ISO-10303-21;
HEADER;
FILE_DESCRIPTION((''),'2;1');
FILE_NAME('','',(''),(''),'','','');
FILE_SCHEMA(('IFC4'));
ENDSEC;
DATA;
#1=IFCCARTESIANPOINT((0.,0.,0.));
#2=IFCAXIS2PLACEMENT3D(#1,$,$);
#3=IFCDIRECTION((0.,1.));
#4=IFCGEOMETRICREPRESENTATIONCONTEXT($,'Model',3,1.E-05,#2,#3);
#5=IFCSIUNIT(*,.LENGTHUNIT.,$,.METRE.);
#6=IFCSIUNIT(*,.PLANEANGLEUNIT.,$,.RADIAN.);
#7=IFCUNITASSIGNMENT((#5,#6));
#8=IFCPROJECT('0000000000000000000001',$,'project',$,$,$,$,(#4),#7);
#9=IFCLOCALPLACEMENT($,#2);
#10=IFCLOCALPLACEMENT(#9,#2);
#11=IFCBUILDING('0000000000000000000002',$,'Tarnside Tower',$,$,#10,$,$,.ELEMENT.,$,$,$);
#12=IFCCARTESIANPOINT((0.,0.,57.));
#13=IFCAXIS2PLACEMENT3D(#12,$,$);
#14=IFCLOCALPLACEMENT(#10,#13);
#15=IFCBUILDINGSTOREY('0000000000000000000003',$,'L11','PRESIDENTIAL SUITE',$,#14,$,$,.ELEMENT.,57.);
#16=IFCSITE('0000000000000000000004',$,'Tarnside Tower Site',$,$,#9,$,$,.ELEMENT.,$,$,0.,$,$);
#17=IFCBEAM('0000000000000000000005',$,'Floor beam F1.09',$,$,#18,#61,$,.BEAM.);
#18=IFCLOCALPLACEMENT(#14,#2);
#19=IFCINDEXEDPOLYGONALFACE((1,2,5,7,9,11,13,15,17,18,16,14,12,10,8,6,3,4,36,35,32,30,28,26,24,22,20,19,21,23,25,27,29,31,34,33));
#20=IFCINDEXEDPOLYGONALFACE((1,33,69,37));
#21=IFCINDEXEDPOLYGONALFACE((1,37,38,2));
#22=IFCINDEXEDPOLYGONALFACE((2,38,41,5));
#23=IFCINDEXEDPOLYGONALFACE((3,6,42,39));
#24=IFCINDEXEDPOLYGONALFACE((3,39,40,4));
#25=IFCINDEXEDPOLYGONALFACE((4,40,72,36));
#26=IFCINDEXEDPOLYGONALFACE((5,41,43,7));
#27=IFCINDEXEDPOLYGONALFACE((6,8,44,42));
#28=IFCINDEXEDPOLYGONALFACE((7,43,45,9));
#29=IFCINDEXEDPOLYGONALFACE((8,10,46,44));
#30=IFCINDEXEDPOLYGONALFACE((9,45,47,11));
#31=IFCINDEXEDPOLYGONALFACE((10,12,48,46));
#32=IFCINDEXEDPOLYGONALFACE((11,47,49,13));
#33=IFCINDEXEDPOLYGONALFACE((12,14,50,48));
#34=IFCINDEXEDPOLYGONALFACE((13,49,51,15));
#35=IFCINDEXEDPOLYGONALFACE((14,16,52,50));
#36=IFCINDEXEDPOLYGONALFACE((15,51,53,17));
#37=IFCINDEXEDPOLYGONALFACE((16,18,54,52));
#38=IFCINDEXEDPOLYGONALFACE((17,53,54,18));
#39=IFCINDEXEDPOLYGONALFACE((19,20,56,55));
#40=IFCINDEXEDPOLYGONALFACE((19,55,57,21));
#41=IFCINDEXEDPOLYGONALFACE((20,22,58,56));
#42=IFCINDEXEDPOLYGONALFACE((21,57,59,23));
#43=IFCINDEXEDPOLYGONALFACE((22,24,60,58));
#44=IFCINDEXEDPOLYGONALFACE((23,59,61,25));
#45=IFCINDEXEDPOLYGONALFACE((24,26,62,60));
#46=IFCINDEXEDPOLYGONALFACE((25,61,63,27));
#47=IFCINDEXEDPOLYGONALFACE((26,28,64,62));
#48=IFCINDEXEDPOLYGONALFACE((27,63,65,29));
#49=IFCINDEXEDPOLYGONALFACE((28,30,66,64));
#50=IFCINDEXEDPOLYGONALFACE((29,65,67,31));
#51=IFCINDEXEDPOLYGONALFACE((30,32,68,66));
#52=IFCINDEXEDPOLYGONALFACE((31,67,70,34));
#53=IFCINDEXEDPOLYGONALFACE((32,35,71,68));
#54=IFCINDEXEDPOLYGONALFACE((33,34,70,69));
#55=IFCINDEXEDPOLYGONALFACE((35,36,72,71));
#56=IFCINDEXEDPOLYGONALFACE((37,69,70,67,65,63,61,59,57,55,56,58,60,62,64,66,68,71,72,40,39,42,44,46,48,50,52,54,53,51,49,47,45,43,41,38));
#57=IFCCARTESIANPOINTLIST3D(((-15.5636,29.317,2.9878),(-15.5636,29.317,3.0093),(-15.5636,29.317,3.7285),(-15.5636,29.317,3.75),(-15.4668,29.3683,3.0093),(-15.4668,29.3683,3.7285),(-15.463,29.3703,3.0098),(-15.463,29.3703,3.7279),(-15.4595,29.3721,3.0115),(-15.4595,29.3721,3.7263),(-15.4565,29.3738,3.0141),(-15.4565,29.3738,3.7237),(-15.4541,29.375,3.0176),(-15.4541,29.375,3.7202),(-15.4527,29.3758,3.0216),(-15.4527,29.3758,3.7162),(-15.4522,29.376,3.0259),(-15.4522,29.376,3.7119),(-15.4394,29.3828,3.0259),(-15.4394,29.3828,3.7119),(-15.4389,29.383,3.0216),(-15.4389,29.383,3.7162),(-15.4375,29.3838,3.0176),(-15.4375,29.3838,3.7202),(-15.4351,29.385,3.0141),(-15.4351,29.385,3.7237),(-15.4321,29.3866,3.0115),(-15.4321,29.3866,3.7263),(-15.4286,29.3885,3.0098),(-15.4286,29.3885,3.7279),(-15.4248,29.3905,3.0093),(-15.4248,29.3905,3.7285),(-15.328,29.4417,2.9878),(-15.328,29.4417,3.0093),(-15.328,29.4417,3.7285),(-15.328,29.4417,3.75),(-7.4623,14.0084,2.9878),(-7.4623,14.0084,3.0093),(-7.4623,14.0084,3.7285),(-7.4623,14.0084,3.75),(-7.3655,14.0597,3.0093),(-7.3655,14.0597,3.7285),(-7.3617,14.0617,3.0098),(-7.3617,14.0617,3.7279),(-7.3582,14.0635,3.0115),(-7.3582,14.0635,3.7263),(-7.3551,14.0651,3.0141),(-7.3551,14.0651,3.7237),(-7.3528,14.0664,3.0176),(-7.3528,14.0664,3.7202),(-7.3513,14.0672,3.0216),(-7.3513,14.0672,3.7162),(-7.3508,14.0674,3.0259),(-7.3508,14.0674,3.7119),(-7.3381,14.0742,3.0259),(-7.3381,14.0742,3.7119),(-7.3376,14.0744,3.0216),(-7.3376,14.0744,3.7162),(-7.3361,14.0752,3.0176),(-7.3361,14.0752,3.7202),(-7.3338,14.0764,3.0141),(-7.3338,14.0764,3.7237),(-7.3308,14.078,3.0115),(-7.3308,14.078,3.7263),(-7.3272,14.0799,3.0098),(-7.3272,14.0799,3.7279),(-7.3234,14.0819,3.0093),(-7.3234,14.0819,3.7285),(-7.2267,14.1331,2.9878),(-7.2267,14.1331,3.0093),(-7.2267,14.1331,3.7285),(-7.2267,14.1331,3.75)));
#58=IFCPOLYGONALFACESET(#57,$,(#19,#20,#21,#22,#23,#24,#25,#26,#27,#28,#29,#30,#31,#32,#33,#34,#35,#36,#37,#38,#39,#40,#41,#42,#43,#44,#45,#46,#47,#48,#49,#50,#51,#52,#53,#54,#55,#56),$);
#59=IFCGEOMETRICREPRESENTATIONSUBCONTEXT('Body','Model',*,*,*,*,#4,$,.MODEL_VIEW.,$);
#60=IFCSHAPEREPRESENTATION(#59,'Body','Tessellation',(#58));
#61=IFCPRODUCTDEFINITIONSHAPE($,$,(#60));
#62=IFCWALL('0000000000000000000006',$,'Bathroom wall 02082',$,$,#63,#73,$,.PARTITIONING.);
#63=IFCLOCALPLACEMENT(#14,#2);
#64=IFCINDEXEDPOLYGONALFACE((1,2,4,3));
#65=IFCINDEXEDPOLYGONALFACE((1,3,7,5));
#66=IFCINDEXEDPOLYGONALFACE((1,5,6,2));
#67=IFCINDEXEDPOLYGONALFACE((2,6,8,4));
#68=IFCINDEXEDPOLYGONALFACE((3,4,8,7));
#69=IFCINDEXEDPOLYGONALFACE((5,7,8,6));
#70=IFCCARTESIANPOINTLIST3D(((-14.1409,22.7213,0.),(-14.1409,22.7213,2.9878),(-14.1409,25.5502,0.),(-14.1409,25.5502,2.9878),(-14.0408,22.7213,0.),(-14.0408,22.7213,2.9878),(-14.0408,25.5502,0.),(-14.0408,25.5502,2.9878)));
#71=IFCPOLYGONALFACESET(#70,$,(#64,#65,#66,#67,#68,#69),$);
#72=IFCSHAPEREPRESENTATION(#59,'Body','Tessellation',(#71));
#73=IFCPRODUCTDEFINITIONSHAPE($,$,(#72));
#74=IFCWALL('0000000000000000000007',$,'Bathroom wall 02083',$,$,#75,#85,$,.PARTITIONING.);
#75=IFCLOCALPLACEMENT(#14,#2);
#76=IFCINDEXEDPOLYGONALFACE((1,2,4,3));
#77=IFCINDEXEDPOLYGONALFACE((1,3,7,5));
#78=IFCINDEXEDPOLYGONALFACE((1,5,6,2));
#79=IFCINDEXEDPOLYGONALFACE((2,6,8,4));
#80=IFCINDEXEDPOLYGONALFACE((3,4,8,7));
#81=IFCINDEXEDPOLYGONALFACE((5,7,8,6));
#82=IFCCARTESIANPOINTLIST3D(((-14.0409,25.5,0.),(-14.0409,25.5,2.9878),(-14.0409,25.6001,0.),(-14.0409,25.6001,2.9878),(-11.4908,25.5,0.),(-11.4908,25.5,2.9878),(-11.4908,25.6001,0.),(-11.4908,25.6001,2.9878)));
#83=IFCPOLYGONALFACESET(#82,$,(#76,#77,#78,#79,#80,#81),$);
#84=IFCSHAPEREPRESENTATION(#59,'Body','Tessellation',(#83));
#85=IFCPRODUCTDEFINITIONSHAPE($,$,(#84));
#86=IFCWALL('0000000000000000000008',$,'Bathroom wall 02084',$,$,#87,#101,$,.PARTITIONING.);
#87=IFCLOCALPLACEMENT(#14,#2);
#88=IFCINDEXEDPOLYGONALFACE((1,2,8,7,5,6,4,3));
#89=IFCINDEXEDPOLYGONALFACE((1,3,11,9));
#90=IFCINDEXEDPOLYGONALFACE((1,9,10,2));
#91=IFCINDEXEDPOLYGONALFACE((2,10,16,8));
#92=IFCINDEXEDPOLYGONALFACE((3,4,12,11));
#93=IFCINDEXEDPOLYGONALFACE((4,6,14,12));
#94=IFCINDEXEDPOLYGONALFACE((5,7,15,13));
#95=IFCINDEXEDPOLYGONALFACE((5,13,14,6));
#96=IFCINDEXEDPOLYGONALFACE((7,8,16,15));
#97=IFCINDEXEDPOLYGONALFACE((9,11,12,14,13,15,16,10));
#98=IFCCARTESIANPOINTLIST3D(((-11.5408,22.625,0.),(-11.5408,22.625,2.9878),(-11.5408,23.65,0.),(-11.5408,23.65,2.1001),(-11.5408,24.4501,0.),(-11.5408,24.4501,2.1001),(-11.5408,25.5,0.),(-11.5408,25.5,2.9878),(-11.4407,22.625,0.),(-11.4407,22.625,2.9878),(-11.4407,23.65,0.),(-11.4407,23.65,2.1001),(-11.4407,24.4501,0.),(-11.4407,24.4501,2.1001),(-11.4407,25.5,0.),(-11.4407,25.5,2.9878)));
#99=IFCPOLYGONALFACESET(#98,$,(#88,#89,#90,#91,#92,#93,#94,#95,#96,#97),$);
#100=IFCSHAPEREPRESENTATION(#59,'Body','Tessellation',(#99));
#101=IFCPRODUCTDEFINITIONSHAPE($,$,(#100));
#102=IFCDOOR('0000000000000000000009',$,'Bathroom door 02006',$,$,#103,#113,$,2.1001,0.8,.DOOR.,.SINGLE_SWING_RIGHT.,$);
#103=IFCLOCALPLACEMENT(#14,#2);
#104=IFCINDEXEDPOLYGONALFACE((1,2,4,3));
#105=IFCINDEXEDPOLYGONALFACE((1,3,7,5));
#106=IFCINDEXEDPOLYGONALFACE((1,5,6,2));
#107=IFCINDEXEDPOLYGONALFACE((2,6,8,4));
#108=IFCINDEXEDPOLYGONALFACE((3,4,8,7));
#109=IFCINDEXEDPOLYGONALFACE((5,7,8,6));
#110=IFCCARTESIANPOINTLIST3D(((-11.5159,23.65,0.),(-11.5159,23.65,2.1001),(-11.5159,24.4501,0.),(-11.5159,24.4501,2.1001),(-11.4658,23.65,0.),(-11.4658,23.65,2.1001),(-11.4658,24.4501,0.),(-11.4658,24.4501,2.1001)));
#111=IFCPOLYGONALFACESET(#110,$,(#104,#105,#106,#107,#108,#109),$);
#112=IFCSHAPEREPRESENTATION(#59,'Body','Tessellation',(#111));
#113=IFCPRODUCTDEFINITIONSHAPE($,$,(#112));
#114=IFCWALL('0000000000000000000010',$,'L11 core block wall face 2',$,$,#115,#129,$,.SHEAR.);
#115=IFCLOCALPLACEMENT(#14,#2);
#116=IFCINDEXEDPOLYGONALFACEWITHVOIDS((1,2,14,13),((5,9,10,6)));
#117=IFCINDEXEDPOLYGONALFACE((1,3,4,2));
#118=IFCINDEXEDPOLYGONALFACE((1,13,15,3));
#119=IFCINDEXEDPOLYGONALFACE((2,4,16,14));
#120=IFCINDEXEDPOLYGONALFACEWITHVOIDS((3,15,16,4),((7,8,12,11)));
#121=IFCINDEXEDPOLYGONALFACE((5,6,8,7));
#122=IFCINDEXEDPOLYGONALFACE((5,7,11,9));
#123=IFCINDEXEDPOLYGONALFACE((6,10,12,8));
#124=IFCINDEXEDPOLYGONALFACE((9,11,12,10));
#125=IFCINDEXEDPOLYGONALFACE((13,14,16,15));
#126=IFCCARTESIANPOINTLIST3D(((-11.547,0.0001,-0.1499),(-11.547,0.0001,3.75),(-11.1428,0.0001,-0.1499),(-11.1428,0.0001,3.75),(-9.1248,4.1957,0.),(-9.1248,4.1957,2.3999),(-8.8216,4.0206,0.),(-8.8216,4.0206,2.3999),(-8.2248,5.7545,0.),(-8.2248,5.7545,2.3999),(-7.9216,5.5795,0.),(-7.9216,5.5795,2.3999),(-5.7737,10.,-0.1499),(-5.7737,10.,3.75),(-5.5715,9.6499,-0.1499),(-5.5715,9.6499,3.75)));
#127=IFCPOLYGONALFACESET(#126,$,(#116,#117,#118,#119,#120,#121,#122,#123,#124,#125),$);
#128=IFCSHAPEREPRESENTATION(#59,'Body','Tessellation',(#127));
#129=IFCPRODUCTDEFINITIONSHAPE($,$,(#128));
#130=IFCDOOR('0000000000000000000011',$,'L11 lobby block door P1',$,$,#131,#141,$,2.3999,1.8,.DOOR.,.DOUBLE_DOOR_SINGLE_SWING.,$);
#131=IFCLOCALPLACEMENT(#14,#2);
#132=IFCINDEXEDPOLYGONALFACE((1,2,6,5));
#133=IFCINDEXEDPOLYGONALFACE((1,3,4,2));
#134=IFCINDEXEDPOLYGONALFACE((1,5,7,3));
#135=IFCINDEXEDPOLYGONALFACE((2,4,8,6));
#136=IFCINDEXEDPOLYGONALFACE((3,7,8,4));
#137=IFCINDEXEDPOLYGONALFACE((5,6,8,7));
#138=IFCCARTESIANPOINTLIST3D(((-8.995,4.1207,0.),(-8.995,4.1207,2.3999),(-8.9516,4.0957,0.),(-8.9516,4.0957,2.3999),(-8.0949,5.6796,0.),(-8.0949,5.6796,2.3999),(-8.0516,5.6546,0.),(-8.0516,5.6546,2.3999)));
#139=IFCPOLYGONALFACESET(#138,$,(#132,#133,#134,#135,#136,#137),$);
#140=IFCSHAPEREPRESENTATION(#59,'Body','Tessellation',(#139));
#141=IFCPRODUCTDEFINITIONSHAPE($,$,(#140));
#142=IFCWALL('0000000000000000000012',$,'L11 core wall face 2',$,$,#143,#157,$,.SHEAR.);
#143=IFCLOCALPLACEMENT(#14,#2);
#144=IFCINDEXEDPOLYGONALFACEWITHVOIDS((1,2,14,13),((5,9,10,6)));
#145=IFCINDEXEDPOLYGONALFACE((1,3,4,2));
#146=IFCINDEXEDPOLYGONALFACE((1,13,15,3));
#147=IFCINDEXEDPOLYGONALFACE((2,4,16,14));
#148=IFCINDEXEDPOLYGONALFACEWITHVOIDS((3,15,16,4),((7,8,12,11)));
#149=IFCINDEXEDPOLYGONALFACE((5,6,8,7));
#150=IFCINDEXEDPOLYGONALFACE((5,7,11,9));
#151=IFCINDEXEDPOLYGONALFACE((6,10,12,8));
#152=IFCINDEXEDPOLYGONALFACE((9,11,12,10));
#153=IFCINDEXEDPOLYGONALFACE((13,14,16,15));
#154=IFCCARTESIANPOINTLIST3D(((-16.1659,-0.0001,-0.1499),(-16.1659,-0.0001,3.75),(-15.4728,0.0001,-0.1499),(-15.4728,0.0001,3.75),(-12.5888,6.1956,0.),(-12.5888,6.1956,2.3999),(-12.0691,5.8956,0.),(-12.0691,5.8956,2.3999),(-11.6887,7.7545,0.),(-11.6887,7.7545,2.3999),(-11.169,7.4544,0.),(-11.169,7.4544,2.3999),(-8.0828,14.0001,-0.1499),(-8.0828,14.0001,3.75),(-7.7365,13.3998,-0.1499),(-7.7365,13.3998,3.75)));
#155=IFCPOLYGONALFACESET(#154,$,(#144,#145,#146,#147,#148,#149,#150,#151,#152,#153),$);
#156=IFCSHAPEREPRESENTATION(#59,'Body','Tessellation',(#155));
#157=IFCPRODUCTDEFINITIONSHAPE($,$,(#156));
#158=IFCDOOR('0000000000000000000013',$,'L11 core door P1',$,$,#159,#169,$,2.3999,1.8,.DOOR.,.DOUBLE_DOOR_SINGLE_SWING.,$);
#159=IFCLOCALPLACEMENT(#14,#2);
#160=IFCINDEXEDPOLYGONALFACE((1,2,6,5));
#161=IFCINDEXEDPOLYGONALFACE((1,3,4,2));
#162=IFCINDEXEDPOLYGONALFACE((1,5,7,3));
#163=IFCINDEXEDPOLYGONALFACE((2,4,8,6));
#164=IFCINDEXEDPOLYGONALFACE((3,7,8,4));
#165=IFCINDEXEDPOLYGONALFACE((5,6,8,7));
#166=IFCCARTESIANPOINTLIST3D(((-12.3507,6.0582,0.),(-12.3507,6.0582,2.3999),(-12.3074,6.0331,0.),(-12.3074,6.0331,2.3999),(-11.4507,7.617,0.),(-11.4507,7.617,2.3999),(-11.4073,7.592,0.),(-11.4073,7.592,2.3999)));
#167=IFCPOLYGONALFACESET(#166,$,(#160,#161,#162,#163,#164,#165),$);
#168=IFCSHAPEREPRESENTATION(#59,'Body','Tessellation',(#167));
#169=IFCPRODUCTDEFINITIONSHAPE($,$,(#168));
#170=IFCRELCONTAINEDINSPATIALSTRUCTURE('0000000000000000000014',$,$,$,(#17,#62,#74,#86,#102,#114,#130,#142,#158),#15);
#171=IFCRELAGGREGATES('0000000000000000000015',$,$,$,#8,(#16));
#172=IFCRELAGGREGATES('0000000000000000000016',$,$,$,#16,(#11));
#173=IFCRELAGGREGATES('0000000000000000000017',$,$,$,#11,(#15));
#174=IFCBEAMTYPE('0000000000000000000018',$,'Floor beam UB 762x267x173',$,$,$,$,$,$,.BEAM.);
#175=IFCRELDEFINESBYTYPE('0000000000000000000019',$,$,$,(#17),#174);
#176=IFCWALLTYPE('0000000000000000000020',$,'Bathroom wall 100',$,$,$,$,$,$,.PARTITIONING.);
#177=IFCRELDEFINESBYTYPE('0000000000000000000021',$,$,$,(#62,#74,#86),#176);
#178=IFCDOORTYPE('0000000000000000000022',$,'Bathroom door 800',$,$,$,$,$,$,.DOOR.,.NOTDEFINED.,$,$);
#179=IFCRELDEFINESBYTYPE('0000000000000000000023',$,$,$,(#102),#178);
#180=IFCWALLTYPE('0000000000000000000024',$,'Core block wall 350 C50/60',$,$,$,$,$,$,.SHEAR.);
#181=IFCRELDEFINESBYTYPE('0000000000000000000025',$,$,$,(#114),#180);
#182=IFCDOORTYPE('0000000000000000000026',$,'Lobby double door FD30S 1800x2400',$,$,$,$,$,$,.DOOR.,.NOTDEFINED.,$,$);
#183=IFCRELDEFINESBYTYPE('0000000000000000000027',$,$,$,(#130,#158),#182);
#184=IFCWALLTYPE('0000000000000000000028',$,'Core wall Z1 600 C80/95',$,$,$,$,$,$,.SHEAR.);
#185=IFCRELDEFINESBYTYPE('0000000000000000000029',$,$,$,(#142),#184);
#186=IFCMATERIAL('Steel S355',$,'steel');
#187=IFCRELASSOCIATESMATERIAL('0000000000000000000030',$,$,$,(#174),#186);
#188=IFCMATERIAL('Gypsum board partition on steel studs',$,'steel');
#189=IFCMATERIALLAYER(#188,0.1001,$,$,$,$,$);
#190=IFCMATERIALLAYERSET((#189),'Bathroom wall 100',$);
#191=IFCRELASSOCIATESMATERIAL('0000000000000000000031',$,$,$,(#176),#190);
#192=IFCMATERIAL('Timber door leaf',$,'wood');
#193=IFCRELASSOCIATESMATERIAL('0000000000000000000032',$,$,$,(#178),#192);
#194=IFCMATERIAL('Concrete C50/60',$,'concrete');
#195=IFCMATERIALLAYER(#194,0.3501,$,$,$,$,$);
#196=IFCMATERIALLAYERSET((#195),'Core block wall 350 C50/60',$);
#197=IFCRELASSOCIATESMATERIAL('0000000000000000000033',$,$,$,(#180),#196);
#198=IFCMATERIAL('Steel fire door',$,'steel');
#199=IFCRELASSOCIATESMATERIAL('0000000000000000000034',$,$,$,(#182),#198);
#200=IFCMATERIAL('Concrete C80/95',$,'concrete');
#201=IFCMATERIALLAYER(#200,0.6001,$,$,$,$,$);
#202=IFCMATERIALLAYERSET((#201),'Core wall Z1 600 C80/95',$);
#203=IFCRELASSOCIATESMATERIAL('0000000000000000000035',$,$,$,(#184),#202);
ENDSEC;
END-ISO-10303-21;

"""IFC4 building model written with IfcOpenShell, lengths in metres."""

from ifc_helpers import new_model, si_unit, direction, frame, frame_2d, origin, origin_2d, place, context, subcontext, project, spatial, polyline, rectangle, i_section, outline, extrude, material, layer, layer_set, material_profile, profile_set, type_object, element, fill, save


model = new_model("IFC4")

# Units and contexts
model_context = context("Model", 3, precision=1e-05, world=origin(), true_north=direction((0.0, 1.0)))
body_context = subcontext(model_context, "Body", "Model", "MODEL_VIEW")
ifc_project = project(units=[si_unit("LENGTHUNIT", "METRE"), si_unit("PLANEANGLEUNIT", "RADIAN")], contexts=[model_context])

# Site, building, storey
site_placement = place(None, origin())
site = spatial("IfcSite", under=ifc_project, at=site_placement, Name="Tarnside Tower Site", CompositionType="ELEMENT", RefElevation=0.0)
building_placement = place(site_placement, origin())
building = spatial("IfcBuilding", under=site, at=building_placement, Name="Tarnside Tower", CompositionType="ELEMENT")
storey_placement = place(building_placement, frame((0.0, 0.0, 57.0)))
storey = spatial("IfcBuildingStorey", under=building, at=storey_placement, Name="L11", Description="PRESIDENTIAL SUITE", CompositionType="ELEMENT", Elevation=57.0)

# Beam
ifc_material_1 = material(Name="Steel S355", Category="steel")
ifc_material_profile_1 = material_profile(ifc_material_1, i_section(OverallWidth=0.2666, OverallDepth=0.7622, WebThickness=0.0144, FlangeThickness=0.0215, FilletRadius=0.0166, at=origin_2d()), Name="UB 762x267x173")
ifc_profile_set_1 = profile_set([ifc_material_profile_1], Name="Steel S355")
beam_type_1 = type_object("IfcBeamType", Name="Floor beam UB 762x267x173", PredefinedType="BEAM", material=ifc_profile_set_1)
beam_1_placement = place(storey_placement, frame((-15.4458, 29.3794, 3.3689), z_axis=(0.467742, -0.883865, 0.0), x_axis=(0.883865, 0.467742, 0.0)))
element("IfcBeam", 1, at=beam_1_placement, inside=storey, type_object=beam_type_1, Name="Floor beam F1.09", PredefinedType="BEAM", context=body_context, shape_type="SweptSolid", body=[
    extrude(i_section(OverallWidth=0.2666, OverallDepth=0.7622, WebThickness=0.0144, FlangeThickness=0.0215, FilletRadius=0.0166, at=origin_2d()), origin(), (0.0, 0.0, 1.0), 17.3201),
])

# Walls
ifc_material_2 = material(Name="Gypsum board partition on steel studs", Category="steel")
ifc_layer_1 = layer(ifc_material_2, 0.1001)
ifc_layer_set_1 = layer_set([ifc_layer_1], Name="Bathroom wall 100")
wall_type_1 = type_object("IfcWallType", Name="Bathroom wall 100", PredefinedType="PARTITIONING", material=ifc_layer_set_1)
wall_1_placement = place(storey_placement, frame((-14.0908, 22.7212, 0.0), z_axis=(0.0, 0.0, 1.0), x_axis=(0.0, 1.0, 0.0)))
element("IfcWall", 2, at=wall_1_placement, inside=storey, type_object=wall_type_1, Name="Bathroom wall 02082", PredefinedType="PARTITIONING", context=body_context, shape_type="SweptSolid", body=[
    extrude(rectangle(XDim=2.8289, YDim=0.1001, at=frame_2d((1.4146, 0.0))), origin(), (0.0, 0.0, 1.0), 2.9878),
])
wall_2_placement = place(storey_placement, frame((-14.0408, 25.55, 0.0), z_axis=(0.0, 0.0, 1.0), x_axis=(1.0, 0.0, 0.0)))
element("IfcWall", 3, at=wall_2_placement, inside=storey, type_object=wall_type_1, Name="Bathroom wall 02083", PredefinedType="PARTITIONING", context=body_context, shape_type="SweptSolid", body=[
    extrude(rectangle(XDim=2.55, YDim=0.1001, at=frame_2d((1.2749, 0.0))), origin(), (0.0, 0.0, 1.0), 2.9878),
])

# Walls, openings, doors
wall_3_placement = place(storey_placement, frame((-11.4907, 25.5, 0.0), z_axis=(0.0, 0.0, 1.0), x_axis=(0.0, -1.0, 0.0)))
wall_3 = element("IfcWall", 4, at=wall_3_placement, inside=storey, type_object=wall_type_1, Name="Bathroom wall 02084", PredefinedType="PARTITIONING", context=body_context, shape_type="SweptSolid", body=[
    extrude(rectangle(XDim=2.875, YDim=0.1001, at=frame_2d((1.4375, 0.0))), origin(), (0.0, 0.0, 1.0), 2.9878),
])
opening_1_placement = place(wall_3_placement, frame((1.05, 0.0, 0.0)))
opening_1 = element("IfcOpeningElement", 5, at=opening_1_placement, cuts=wall_3, PredefinedType="OPENING", context=body_context, shape_type="SweptSolid", body=[
    extrude(rectangle(XDim=0.8, YDim=2.1001, at=frame_2d((0.3999, 1.05))), frame((0.0, 0.0601, 0.0), z_axis=(0.0, -1.0, 0.0), x_axis=(1.0, 0.0, 0.0)), (0.0, 0.0, 1.0), 0.1201),
])
ifc_material_3 = material(Name="Timber door leaf", Category="wood")
door_type_1 = type_object("IfcDoorType", Name="Bathroom door 800", OperationType="NOTDEFINED", PredefinedType="DOOR", material=ifc_material_3)
door_1_placement = place(opening_1_placement, origin())
door_1 = element("IfcDoor", 6, at=door_1_placement, inside=storey, type_object=door_type_1, Name="Bathroom door 02006", OperationType="SINGLE_SWING_RIGHT", OverallHeight=2.1001, OverallWidth=0.8, PredefinedType="DOOR", context=body_context, shape_type="SweptSolid", body=[
    extrude(rectangle(XDim=0.8, YDim=2.1001, at=frame_2d((0.3999, 1.05))), frame((0.0, 0.0249, 0.0), z_axis=(0.0, -1.0, 0.0), x_axis=(1.0, 0.0, 0.0)), (0.0, 0.0, 1.0), 0.05),
])
fill(opening_1, door_1)
ifc_material_4 = material(Name="Concrete C50/60", Category="concrete")
ifc_layer_2 = layer(ifc_material_4, 0.3501)
ifc_layer_set_2 = layer_set([ifc_layer_2], Name="Core block wall 350 C50/60")
wall_type_2 = type_object("IfcWallType", Name="Core block wall 350 C50/60", PredefinedType="SHEAR", material=ifc_layer_set_2)
wall_4_placement = place(storey_placement, frame((-5.6726, 9.825, -0.1499), z_axis=(0.0, 0.0, 1.0), x_axis=(-0.499995, -0.866028, 0.0)))
wall_4 = element("IfcWall", 7, at=wall_4_placement, inside=storey, type_object=wall_type_2, Name="L11 core block wall face 2", PredefinedType="SHEAR", context=body_context, shape_type="SweptSolid", body=[
    extrude(outline(polyline([(-0.1011, -0.175), (11.4458, -0.175), (11.2437, 0.175), (0.1011, 0.175), (-0.1011, -0.175)])), origin(), (0.0, 0.0, 1.0), 3.8999),
])
opening_2_placement = place(wall_4_placement, frame((4.8013, 0.0, 0.1499)))
opening_2 = element("IfcOpeningElement", 8, at=opening_2_placement, cuts=wall_4, PredefinedType="OPENING", context=body_context, shape_type="SweptSolid", body=[
    extrude(rectangle(XDim=1.8, YDim=2.3999, at=frame_2d((0.8999, 1.2))), frame((0.0, 0.1851, 0.0), z_axis=(0.0, -1.0, 0.0), x_axis=(1.0, 0.0, 0.0)), (0.0, 0.0, 1.0), 0.3701),
])
ifc_material_5 = material(Name="Steel fire door", Category="steel")
door_type_2 = type_object("IfcDoorType", Name="Lobby double door FD30S 1800x2400", OperationType="NOTDEFINED", PredefinedType="DOOR", material=ifc_material_5)
door_2_placement = place(opening_2_placement, origin())
door_2 = element("IfcDoor", 9, at=door_2_placement, inside=storey, type_object=door_type_2, Name="L11 lobby block door P1", OperationType="DOUBLE_DOOR_SINGLE_SWING", OverallHeight=2.3999, OverallWidth=1.8, PredefinedType="DOOR", context=body_context, shape_type="SweptSolid", body=[
    extrude(rectangle(XDim=1.8, YDim=2.3999, at=frame_2d((0.8999, 1.2))), frame((0.0, 0.0249, 0.0), z_axis=(0.0, -1.0, 0.0), x_axis=(1.0, 0.0, 0.0)), (0.0, 0.0, 1.0), 0.05),
])
fill(opening_2, door_2)
ifc_material_6 = material(Name="Concrete C80/95", Category="concrete")
ifc_layer_3 = layer(ifc_material_6, 0.6001)
ifc_layer_set_3 = layer_set([ifc_layer_3], Name="Core wall Z1 600 C80/95")
wall_type_3 = type_object("IfcWallType", Name="Core wall Z1 600 C80/95", PredefinedType="SHEAR", material=ifc_layer_set_3)
wall_5_placement = place(storey_placement, frame((-7.9097, 13.7, -0.1499), z_axis=(0.0, 0.0, 1.0), x_axis=(-0.5, -0.866025, 0.0)))
wall_5 = element("IfcWall", 10, at=wall_5_placement, inside=storey, type_object=wall_type_3, Name="L11 core wall face 2", PredefinedType="SHEAR", context=body_context, shape_type="SweptSolid", body=[
    extrude(outline(polyline([(-0.1733, -0.3), (15.9927, -0.3), (15.646, 0.3), (0.1733, 0.3), (-0.1733, -0.3)])), origin(), (0.0, 0.0, 1.0), 3.8999),
])
opening_3_placement = place(wall_5_placement, frame((7.0386, 0.0, 0.1499)))
opening_3 = element("IfcOpeningElement", 11, at=opening_3_placement, cuts=wall_5, PredefinedType="OPENING", context=body_context, shape_type="SweptSolid", body=[
    extrude(rectangle(XDim=1.8, YDim=2.3999, at=frame_2d((0.8999, 1.2))), frame((0.0, 0.3101, 0.0), z_axis=(0.0, -1.0, 0.0), x_axis=(1.0, 0.0, 0.0)), (0.0, 0.0, 1.0), 0.6201),
])
door_3_placement = place(opening_3_placement, origin())
door_3 = element("IfcDoor", 12, at=door_3_placement, inside=storey, type_object=door_type_2, Name="L11 core door P1", OperationType="DOUBLE_DOOR_SINGLE_SWING", OverallHeight=2.3999, OverallWidth=1.8, PredefinedType="DOOR", context=body_context, shape_type="SweptSolid", body=[
    extrude(rectangle(XDim=1.8, YDim=2.3999, at=frame_2d((0.8999, 1.2))), frame((0.0, 0.0249, 0.0), z_axis=(0.0, -1.0, 0.0), x_axis=(1.0, 0.0, 0.0)), (0.0, 0.0, 1.0), 0.05),
])
fill(opening_3, door_3)

save(model, "model.ifc")
